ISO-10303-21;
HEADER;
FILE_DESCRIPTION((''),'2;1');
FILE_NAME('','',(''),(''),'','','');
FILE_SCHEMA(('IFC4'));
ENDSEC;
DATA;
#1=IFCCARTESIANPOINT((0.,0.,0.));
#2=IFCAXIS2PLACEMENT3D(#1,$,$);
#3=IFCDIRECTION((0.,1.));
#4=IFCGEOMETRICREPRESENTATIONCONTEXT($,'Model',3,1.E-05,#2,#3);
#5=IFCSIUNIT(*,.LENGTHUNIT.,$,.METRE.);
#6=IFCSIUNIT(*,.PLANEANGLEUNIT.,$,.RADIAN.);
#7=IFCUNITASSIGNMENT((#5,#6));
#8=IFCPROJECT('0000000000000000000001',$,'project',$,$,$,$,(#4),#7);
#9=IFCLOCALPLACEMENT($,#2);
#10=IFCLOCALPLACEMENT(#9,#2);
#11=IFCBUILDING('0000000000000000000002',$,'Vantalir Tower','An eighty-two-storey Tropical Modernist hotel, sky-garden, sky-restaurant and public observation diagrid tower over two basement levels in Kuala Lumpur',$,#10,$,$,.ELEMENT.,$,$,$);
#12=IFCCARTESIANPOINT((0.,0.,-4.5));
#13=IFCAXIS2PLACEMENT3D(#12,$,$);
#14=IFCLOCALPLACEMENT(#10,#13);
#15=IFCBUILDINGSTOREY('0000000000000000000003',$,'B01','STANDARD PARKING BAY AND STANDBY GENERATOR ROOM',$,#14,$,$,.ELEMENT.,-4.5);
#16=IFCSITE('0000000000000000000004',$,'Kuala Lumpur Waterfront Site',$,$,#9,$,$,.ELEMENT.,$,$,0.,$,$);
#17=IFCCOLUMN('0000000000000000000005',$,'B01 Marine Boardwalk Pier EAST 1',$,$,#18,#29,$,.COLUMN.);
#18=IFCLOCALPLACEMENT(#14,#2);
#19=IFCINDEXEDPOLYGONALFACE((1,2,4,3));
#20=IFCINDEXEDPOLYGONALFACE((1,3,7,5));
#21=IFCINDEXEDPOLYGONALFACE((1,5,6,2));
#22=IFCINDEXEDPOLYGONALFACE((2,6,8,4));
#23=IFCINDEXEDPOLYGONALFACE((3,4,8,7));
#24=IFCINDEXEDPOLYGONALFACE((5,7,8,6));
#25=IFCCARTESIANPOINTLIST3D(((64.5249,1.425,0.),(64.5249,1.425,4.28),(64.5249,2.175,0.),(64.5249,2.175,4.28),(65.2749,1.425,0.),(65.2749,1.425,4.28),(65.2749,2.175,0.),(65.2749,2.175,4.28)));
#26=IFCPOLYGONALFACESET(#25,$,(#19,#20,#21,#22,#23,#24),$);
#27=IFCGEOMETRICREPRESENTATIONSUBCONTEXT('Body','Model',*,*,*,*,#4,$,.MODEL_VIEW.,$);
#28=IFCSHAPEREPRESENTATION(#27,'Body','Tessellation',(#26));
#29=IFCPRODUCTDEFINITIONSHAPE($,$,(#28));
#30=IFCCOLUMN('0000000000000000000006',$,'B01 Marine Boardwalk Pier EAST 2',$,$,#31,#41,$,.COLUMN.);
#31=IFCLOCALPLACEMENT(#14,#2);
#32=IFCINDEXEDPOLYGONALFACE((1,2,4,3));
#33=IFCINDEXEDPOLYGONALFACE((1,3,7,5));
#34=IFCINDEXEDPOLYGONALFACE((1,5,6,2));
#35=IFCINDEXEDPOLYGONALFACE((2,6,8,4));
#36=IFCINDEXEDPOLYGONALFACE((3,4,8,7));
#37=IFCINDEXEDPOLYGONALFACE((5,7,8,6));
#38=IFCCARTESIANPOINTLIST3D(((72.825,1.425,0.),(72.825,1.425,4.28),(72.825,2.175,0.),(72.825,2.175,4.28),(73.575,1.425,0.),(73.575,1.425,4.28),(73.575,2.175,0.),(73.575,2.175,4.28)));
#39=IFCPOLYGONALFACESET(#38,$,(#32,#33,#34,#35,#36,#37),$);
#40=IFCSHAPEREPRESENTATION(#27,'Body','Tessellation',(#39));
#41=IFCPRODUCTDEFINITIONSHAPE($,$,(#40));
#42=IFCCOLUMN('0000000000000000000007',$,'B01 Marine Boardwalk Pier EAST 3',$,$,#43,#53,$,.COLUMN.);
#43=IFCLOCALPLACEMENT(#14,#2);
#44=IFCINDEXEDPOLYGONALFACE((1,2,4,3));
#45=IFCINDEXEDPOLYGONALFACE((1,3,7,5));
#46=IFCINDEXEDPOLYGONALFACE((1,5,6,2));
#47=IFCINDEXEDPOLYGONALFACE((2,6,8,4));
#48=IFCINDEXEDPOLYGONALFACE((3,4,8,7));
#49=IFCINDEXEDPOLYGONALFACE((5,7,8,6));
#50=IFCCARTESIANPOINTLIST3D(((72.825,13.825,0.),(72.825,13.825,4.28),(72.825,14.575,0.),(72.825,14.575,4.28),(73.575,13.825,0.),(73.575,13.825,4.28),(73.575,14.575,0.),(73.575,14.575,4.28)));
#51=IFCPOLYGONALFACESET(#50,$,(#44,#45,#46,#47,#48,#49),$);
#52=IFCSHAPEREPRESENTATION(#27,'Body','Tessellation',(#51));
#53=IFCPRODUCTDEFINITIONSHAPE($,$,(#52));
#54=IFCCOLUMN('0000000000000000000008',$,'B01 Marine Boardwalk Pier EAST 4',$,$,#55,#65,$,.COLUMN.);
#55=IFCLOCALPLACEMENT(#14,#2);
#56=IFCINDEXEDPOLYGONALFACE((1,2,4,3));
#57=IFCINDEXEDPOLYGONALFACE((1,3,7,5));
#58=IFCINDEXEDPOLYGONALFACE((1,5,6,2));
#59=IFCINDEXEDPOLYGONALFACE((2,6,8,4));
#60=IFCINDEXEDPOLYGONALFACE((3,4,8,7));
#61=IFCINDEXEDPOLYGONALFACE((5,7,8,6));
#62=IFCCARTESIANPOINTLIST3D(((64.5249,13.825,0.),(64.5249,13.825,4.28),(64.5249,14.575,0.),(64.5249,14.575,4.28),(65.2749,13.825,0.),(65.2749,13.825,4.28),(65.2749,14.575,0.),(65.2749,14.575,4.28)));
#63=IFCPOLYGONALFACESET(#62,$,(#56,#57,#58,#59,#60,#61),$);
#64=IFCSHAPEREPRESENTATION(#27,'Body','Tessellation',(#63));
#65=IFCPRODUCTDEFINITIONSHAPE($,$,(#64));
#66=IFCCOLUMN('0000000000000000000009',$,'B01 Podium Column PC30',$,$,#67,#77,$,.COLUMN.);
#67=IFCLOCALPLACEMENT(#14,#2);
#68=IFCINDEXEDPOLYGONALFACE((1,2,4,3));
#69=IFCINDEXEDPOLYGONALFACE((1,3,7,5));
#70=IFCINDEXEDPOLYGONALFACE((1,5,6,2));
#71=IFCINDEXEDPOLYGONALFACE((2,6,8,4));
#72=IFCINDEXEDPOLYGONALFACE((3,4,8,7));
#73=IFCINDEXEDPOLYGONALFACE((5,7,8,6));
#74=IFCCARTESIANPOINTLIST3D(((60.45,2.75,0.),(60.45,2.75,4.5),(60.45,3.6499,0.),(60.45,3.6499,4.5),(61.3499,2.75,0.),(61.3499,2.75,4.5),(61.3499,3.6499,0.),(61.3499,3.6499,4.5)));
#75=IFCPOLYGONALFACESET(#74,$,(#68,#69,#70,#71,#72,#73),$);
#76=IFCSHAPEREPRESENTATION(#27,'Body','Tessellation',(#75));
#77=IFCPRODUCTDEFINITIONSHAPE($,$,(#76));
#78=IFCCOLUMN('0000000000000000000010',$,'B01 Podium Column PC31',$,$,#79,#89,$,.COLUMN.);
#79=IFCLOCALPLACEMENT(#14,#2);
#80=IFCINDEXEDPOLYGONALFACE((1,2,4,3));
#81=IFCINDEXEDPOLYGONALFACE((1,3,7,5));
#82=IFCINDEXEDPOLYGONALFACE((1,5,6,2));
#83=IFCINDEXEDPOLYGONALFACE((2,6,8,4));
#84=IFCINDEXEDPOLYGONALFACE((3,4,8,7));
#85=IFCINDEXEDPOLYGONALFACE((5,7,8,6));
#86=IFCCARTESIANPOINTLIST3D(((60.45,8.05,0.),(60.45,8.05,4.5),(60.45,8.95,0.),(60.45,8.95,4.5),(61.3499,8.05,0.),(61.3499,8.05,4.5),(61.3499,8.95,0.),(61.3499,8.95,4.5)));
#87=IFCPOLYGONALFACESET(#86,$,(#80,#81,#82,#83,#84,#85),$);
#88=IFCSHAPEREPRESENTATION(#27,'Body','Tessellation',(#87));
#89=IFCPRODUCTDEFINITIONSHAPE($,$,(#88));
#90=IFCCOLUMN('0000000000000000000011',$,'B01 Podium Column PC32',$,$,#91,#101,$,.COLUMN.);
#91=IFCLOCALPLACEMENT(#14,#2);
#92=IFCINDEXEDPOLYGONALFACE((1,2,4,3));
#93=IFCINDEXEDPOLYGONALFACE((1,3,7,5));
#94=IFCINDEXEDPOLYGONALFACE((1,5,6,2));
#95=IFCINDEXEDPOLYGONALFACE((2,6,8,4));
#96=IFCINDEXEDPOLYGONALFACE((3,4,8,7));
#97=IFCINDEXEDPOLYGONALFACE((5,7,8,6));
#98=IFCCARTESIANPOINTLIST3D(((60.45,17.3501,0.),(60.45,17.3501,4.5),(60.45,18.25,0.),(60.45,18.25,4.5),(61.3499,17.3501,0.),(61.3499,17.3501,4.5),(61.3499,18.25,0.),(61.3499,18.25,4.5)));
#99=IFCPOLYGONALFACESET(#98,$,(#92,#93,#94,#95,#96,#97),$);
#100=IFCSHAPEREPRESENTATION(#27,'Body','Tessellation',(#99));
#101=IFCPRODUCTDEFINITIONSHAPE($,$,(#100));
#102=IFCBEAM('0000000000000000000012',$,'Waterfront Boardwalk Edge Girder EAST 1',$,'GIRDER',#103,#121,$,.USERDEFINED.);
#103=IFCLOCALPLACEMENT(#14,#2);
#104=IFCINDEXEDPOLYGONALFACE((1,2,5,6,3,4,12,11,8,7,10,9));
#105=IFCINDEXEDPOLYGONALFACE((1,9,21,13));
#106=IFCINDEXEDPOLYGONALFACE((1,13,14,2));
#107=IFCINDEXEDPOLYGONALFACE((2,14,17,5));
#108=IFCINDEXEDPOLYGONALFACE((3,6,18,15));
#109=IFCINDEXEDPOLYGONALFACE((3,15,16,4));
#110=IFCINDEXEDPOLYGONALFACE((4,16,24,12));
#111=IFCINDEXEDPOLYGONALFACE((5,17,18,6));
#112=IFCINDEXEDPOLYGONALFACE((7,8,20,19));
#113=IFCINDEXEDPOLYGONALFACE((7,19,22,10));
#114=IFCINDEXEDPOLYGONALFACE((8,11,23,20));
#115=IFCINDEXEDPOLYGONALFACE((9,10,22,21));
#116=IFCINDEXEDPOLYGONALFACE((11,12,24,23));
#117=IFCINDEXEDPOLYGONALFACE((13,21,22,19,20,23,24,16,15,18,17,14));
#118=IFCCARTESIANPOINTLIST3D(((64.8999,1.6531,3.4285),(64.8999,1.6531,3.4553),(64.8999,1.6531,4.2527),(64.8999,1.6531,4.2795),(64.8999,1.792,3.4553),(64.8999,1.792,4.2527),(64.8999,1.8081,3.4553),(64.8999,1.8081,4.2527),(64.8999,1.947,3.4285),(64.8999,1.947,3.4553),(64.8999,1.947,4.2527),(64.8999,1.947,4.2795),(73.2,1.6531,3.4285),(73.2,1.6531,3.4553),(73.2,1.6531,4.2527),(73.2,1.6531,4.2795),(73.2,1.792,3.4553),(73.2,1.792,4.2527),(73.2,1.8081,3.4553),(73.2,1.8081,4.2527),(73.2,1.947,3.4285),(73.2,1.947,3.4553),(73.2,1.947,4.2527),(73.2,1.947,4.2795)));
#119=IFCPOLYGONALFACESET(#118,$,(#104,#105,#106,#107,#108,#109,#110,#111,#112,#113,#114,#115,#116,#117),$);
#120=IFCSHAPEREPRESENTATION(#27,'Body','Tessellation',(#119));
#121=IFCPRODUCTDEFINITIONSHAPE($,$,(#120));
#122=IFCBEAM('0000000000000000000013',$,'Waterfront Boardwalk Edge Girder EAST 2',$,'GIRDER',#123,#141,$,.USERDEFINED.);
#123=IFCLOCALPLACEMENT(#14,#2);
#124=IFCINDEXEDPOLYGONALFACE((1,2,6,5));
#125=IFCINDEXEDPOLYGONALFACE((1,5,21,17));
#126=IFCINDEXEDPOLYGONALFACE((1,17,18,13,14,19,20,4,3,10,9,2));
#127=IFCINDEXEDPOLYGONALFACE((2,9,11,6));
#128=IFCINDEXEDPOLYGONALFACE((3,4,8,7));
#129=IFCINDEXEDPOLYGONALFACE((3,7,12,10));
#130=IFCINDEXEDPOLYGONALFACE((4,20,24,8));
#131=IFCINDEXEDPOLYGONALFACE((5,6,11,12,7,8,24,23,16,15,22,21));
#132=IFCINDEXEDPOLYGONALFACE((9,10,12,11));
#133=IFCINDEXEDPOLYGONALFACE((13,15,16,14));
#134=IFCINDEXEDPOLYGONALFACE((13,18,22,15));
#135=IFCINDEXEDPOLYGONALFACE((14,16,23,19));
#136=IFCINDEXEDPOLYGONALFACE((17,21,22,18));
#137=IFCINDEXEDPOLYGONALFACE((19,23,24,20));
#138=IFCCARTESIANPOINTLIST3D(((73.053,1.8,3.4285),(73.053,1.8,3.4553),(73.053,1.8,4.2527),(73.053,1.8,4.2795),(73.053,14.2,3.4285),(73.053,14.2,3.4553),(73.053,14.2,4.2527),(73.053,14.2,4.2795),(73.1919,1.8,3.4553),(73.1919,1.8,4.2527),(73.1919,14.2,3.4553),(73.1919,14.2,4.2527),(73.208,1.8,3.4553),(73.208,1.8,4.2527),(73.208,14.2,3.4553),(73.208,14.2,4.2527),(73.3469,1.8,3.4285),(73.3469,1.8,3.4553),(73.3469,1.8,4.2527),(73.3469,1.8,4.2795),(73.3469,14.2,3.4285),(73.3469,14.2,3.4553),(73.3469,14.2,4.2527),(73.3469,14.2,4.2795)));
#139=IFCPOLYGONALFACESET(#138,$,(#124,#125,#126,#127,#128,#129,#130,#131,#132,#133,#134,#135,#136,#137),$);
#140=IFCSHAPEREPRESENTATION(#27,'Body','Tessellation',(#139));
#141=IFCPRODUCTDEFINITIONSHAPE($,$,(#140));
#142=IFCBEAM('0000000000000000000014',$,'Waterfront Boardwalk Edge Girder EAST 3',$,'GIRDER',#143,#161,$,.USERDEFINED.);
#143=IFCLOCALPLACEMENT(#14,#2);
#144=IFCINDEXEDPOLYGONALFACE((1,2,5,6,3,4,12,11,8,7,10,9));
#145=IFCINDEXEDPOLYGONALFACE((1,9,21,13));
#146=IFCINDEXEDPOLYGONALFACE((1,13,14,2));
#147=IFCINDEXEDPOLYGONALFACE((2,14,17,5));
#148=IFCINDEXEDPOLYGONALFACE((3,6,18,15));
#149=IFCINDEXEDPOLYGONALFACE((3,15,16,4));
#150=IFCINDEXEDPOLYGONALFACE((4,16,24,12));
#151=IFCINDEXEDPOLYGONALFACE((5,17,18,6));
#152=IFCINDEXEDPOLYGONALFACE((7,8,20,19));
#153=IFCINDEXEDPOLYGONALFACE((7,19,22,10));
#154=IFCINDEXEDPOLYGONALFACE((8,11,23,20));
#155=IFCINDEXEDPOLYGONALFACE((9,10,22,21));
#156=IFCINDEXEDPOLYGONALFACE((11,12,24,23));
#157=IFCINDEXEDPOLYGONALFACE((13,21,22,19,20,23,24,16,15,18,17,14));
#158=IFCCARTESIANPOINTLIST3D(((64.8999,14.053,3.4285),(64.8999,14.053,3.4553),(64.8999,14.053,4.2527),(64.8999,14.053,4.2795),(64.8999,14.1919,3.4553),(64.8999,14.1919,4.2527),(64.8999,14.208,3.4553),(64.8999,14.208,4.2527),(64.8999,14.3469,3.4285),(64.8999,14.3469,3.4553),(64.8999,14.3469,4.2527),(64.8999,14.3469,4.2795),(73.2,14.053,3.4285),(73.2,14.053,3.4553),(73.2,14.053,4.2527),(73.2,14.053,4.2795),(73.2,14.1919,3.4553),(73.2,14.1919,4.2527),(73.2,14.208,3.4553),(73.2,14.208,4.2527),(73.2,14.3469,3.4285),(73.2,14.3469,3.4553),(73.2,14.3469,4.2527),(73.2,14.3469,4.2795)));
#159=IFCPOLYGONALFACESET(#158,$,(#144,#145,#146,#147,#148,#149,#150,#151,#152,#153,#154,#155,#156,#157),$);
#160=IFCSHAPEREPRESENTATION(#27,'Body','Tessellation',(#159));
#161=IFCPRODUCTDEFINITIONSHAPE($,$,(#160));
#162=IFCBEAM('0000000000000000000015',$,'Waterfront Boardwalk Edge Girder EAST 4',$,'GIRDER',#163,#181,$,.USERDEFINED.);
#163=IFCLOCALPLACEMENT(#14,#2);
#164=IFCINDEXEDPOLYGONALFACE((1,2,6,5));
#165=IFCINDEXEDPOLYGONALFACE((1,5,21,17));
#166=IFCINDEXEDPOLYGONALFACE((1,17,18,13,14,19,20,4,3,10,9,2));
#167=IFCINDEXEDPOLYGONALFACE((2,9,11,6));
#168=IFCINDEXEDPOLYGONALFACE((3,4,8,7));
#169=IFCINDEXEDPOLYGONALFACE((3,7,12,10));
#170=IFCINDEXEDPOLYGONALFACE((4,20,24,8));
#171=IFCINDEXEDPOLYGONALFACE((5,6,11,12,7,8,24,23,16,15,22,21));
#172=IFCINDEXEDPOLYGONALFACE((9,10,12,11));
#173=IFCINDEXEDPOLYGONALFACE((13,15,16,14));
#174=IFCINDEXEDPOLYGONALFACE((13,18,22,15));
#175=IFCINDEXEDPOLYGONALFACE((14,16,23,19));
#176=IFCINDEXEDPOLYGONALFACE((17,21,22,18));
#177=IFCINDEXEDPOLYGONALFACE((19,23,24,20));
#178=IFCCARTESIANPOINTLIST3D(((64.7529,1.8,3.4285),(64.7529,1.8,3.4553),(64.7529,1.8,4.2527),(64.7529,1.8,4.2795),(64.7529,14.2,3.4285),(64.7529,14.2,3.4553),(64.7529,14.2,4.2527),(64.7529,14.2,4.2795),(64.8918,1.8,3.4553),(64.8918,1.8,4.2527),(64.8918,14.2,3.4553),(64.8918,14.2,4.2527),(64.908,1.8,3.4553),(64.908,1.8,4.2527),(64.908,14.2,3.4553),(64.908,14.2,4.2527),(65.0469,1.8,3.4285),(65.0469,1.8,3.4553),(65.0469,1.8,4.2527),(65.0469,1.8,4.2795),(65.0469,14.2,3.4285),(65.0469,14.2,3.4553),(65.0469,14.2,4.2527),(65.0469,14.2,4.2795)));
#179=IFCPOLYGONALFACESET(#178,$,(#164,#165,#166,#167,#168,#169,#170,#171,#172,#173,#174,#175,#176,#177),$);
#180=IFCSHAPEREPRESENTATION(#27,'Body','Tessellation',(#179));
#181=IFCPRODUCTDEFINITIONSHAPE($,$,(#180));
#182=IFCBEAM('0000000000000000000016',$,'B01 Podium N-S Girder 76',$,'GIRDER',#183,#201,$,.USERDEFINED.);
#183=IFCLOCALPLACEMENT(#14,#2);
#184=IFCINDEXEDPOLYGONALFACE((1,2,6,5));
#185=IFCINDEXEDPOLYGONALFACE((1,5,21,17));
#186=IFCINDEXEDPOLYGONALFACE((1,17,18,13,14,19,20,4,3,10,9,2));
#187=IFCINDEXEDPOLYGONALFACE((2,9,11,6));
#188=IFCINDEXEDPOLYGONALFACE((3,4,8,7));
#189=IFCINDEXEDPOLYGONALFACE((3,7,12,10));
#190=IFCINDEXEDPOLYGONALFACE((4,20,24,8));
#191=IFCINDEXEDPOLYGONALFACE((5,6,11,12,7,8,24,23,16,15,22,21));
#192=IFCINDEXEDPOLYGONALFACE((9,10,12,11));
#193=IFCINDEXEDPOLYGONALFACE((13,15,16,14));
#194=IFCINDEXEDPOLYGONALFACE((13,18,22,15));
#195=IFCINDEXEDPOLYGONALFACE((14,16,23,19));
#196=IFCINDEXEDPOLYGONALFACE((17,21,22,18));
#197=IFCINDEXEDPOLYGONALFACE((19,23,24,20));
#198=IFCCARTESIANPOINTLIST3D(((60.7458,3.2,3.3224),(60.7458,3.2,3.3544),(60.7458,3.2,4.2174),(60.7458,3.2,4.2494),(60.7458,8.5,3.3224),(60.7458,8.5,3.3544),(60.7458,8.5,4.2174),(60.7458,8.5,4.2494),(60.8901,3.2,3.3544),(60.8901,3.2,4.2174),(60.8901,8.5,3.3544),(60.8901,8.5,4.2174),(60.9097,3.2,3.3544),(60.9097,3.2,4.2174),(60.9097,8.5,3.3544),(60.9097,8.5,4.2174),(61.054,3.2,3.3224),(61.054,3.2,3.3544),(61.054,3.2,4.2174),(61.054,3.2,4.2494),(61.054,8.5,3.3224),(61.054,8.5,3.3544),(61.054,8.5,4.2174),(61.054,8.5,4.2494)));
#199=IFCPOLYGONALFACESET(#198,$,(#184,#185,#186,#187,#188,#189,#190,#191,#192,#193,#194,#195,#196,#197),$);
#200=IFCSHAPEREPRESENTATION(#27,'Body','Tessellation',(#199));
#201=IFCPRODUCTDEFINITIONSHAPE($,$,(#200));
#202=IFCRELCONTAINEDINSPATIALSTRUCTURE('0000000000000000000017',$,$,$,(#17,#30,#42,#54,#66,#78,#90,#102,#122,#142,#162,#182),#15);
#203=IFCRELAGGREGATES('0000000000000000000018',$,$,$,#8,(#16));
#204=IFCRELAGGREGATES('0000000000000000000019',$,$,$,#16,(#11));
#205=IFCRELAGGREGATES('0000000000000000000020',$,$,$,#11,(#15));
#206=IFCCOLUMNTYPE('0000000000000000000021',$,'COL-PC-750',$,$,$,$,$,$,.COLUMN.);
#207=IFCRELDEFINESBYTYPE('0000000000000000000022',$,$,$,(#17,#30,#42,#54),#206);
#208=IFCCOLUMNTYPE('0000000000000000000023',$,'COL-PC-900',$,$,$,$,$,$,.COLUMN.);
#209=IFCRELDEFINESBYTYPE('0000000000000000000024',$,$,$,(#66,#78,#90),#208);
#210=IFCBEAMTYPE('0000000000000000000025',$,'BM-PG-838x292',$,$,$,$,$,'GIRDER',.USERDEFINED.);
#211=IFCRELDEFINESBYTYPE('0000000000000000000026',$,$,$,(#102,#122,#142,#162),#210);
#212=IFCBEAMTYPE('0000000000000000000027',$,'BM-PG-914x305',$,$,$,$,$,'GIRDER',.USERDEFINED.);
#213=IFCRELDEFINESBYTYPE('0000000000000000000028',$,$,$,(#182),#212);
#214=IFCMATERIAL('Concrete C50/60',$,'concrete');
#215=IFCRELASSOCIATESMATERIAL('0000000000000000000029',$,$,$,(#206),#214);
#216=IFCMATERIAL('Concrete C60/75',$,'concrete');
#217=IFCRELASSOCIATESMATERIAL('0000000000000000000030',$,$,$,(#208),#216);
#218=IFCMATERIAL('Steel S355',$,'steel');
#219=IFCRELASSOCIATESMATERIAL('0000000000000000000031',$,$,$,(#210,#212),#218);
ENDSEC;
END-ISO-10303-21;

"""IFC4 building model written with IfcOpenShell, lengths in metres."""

from ifc_helpers import new_model, si_unit, direction, frame, origin, origin_2d, place, context, subcontext, project, spatial, rectangle, i_section, extrude, material, material_profile, profile_set, type_object, element, save


model = new_model("IFC4")

# Units and contexts
model_context = context("Model", 3, precision=1e-05, world=origin(), true_north=direction((0.0, 1.0)))
body_context = subcontext(model_context, "Body", "Model", "MODEL_VIEW")
ifc_project = project(units=[si_unit("LENGTHUNIT", "METRE"), si_unit("PLANEANGLEUNIT", "RADIAN")], contexts=[model_context])

# Site, building, storey
site_placement = place(None, origin())
site = spatial("IfcSite", under=ifc_project, at=site_placement, Name="Kuala Lumpur Waterfront Site", CompositionType="ELEMENT", RefElevation=0.0)
building_placement = place(site_placement, origin())
building = spatial("IfcBuilding", under=site, at=building_placement, Name="Vantalir Tower", Description="An eighty-two-storey Tropical Modernist hotel, sky-garden, sky-restaurant and public observation diagrid tower over two basement levels in Kuala Lumpur", CompositionType="ELEMENT")
storey_placement = place(building_placement, frame((0.0, 0.0, -4.5)))
storey = spatial("IfcBuildingStorey", under=building, at=storey_placement, Name="B01", Description="STANDARD PARKING BAY AND STANDBY GENERATOR ROOM", CompositionType="ELEMENT", Elevation=-4.5)

# Columns
ifc_material_1 = material(Name="Concrete C50/60", Category="concrete")
ifc_material_profile_1 = material_profile(ifc_material_1, rectangle(XDim=0.75, YDim=0.75, at=origin_2d()), Name="Concrete C50/60")
ifc_profile_set_1 = profile_set([ifc_material_profile_1], Name="Concrete C50/60")
column_type_1 = type_object("IfcColumnType", Name="COL-PC-750", PredefinedType="COLUMN", material=ifc_profile_set_1)
for number, where, z_axis, x_axis, name in (
    (1, (64.8999, 1.8, 0.0), (0.0, 0.0, 1.0), (1.0, 0.0, 0.0), "B01 Marine Boardwalk Pier EAST 1"),
    (2, (73.2, 1.8, 0.0), (0.0, 0.0, 1.0), (1.0, 0.0, 0.0), "B01 Marine Boardwalk Pier EAST 2"),
    (3, (73.2, 14.2, 0.0), (0.0, 0.0, 1.0), (1.0, 0.0, 0.0), "B01 Marine Boardwalk Pier EAST 3"),
    (4, (64.8999, 14.2, 0.0), (0.0, 0.0, 1.0), (1.0, 0.0, 0.0), "B01 Marine Boardwalk Pier EAST 4"),
):
    element("IfcColumn", number, at=place(storey_placement, frame(where, z_axis=z_axis, x_axis=x_axis)), inside=storey, type_object=column_type_1, Name=name, PredefinedType="COLUMN", context=body_context, shape_type="SweptSolid", body=[
        extrude(rectangle(XDim=0.75, YDim=0.75, at=origin_2d()), origin(), (0.0, 0.0, 1.0), 4.28),
    ])
ifc_material_2 = material(Name="Concrete C60/75", Category="concrete")
ifc_material_profile_2 = material_profile(ifc_material_2, rectangle(XDim=0.8999, YDim=0.8999, at=origin_2d()), Name="Concrete C60/75")
ifc_profile_set_2 = profile_set([ifc_material_profile_2], Name="Concrete C60/75")
column_type_2 = type_object("IfcColumnType", Name="COL-PC-900", PredefinedType="COLUMN", material=ifc_profile_set_2)
for number, where, z_axis, x_axis, name in (
    (5, (60.8999, 3.2, 0.0), (0.0, 0.0, 1.0), (1.0, 0.0, 0.0), "B01 Podium Column PC30"),
    (6, (60.8999, 8.5, 0.0), (0.0, 0.0, 1.0), (1.0, 0.0, 0.0), "B01 Podium Column PC31"),
    (7, (60.8999, 17.8, 0.0), (0.0, 0.0, 1.0), (1.0, 0.0, 0.0), "B01 Podium Column PC32"),
):
    element("IfcColumn", number, at=place(storey_placement, frame(where, z_axis=z_axis, x_axis=x_axis)), inside=storey, type_object=column_type_2, Name=name, PredefinedType="COLUMN", context=body_context, shape_type="SweptSolid", body=[
        extrude(rectangle(XDim=0.8999, YDim=0.8999, at=origin_2d()), origin(), (0.0, 0.0, 1.0), 4.5),
    ])

# Beams
ifc_material_3 = material(Name="Steel S355", Category="steel")
ifc_material_profile_3 = material_profile(ifc_material_3, i_section(OverallWidth=0.2939, OverallDepth=0.8511, WebThickness=0.0161, FlangeThickness=0.0269, at=origin_2d()), Name="Steel S355")
ifc_profile_set_3 = profile_set([ifc_material_profile_3], Name="Steel S355")
beam_type_1 = type_object("IfcBeamType", Name="BM-PG-838x292", ElementType="GIRDER", PredefinedType="USERDEFINED", material=ifc_profile_set_3)
beam_1_placement = place(storey_placement, frame((64.8999, 1.8, 3.854), z_axis=(1.0, 0.0, 0.0), x_axis=(0.0, 1.0, 0.0)))
element("IfcBeam", 8, at=beam_1_placement, inside=storey, type_object=beam_type_1, Name="Waterfront Boardwalk Edge Girder EAST 1", ObjectType="GIRDER", PredefinedType="USERDEFINED", context=body_context, shape_type="SweptSolid", body=[
    extrude(i_section(OverallWidth=0.2939, OverallDepth=0.8511, WebThickness=0.0161, FlangeThickness=0.0269, at=origin_2d()), origin(), (0.0, 0.0, 1.0), 8.3),
])
beam_2_placement = place(storey_placement, frame((73.2, 1.8, 3.854), z_axis=(0.0, 1.0, 0.0), x_axis=(-1.0, 0.0, 0.0)))
element("IfcBeam", 9, at=beam_2_placement, inside=storey, type_object=beam_type_1, Name="Waterfront Boardwalk Edge Girder EAST 2", ObjectType="GIRDER", PredefinedType="USERDEFINED", context=body_context, shape_type="SweptSolid", body=[
    extrude(i_section(OverallWidth=0.2939, OverallDepth=0.8511, WebThickness=0.0161, FlangeThickness=0.0269, at=origin_2d()), origin(), (0.0, 0.0, 1.0), 12.3999),
])
beam_3_placement = place(storey_placement, frame((73.2, 14.2, 3.854), z_axis=(-1.0, 0.0, 0.0), x_axis=(0.0, -1.0, 0.0)))
element("IfcBeam", 10, at=beam_3_placement, inside=storey, type_object=beam_type_1, Name="Waterfront Boardwalk Edge Girder EAST 3", ObjectType="GIRDER", PredefinedType="USERDEFINED", context=body_context, shape_type="SweptSolid", body=[
    extrude(i_section(OverallWidth=0.2939, OverallDepth=0.8511, WebThickness=0.0161, FlangeThickness=0.0269, at=origin_2d()), origin(), (0.0, 0.0, 1.0), 8.3),
])
beam_4_placement = place(storey_placement, frame((64.8999, 14.2, 3.854), z_axis=(0.0, -1.0, 0.0), x_axis=(1.0, 0.0, 0.0)))
element("IfcBeam", 11, at=beam_4_placement, inside=storey, type_object=beam_type_1, Name="Waterfront Boardwalk Edge Girder EAST 4", ObjectType="GIRDER", PredefinedType="USERDEFINED", context=body_context, shape_type="SweptSolid", body=[
    extrude(i_section(OverallWidth=0.2939, OverallDepth=0.8511, WebThickness=0.0161, FlangeThickness=0.0269, at=origin_2d()), origin(), (0.0, 0.0, 1.0), 12.3999),
])
ifc_material_profile_4 = material_profile(ifc_material_3, i_section(OverallWidth=0.3081, OverallDepth=0.927, WebThickness=0.0195, FlangeThickness=0.032, at=origin_2d()), Name="Steel S355")
ifc_profile_set_4 = profile_set([ifc_material_profile_4], Name="Steel S355")
beam_type_2 = type_object("IfcBeamType", Name="BM-PG-914x305", ElementType="GIRDER", PredefinedType="USERDEFINED", material=ifc_profile_set_4)
beam_5_placement = place(storey_placement, frame((60.8999, 3.2, 3.7859), z_axis=(0.0, 1.0, 0.0), x_axis=(-1.0, 0.0, 0.0)))
element("IfcBeam", 12, at=beam_5_placement, inside=storey, type_object=beam_type_2, Name="B01 Podium N-S Girder 76", ObjectType="GIRDER", PredefinedType="USERDEFINED", context=body_context, shape_type="SweptSolid", body=[
    extrude(i_section(OverallWidth=0.3081, OverallDepth=0.927, WebThickness=0.0195, FlangeThickness=0.032, at=origin_2d()), origin(), (0.0, 0.0, 1.0), 5.3),
])

save(model, "model.ifc")
